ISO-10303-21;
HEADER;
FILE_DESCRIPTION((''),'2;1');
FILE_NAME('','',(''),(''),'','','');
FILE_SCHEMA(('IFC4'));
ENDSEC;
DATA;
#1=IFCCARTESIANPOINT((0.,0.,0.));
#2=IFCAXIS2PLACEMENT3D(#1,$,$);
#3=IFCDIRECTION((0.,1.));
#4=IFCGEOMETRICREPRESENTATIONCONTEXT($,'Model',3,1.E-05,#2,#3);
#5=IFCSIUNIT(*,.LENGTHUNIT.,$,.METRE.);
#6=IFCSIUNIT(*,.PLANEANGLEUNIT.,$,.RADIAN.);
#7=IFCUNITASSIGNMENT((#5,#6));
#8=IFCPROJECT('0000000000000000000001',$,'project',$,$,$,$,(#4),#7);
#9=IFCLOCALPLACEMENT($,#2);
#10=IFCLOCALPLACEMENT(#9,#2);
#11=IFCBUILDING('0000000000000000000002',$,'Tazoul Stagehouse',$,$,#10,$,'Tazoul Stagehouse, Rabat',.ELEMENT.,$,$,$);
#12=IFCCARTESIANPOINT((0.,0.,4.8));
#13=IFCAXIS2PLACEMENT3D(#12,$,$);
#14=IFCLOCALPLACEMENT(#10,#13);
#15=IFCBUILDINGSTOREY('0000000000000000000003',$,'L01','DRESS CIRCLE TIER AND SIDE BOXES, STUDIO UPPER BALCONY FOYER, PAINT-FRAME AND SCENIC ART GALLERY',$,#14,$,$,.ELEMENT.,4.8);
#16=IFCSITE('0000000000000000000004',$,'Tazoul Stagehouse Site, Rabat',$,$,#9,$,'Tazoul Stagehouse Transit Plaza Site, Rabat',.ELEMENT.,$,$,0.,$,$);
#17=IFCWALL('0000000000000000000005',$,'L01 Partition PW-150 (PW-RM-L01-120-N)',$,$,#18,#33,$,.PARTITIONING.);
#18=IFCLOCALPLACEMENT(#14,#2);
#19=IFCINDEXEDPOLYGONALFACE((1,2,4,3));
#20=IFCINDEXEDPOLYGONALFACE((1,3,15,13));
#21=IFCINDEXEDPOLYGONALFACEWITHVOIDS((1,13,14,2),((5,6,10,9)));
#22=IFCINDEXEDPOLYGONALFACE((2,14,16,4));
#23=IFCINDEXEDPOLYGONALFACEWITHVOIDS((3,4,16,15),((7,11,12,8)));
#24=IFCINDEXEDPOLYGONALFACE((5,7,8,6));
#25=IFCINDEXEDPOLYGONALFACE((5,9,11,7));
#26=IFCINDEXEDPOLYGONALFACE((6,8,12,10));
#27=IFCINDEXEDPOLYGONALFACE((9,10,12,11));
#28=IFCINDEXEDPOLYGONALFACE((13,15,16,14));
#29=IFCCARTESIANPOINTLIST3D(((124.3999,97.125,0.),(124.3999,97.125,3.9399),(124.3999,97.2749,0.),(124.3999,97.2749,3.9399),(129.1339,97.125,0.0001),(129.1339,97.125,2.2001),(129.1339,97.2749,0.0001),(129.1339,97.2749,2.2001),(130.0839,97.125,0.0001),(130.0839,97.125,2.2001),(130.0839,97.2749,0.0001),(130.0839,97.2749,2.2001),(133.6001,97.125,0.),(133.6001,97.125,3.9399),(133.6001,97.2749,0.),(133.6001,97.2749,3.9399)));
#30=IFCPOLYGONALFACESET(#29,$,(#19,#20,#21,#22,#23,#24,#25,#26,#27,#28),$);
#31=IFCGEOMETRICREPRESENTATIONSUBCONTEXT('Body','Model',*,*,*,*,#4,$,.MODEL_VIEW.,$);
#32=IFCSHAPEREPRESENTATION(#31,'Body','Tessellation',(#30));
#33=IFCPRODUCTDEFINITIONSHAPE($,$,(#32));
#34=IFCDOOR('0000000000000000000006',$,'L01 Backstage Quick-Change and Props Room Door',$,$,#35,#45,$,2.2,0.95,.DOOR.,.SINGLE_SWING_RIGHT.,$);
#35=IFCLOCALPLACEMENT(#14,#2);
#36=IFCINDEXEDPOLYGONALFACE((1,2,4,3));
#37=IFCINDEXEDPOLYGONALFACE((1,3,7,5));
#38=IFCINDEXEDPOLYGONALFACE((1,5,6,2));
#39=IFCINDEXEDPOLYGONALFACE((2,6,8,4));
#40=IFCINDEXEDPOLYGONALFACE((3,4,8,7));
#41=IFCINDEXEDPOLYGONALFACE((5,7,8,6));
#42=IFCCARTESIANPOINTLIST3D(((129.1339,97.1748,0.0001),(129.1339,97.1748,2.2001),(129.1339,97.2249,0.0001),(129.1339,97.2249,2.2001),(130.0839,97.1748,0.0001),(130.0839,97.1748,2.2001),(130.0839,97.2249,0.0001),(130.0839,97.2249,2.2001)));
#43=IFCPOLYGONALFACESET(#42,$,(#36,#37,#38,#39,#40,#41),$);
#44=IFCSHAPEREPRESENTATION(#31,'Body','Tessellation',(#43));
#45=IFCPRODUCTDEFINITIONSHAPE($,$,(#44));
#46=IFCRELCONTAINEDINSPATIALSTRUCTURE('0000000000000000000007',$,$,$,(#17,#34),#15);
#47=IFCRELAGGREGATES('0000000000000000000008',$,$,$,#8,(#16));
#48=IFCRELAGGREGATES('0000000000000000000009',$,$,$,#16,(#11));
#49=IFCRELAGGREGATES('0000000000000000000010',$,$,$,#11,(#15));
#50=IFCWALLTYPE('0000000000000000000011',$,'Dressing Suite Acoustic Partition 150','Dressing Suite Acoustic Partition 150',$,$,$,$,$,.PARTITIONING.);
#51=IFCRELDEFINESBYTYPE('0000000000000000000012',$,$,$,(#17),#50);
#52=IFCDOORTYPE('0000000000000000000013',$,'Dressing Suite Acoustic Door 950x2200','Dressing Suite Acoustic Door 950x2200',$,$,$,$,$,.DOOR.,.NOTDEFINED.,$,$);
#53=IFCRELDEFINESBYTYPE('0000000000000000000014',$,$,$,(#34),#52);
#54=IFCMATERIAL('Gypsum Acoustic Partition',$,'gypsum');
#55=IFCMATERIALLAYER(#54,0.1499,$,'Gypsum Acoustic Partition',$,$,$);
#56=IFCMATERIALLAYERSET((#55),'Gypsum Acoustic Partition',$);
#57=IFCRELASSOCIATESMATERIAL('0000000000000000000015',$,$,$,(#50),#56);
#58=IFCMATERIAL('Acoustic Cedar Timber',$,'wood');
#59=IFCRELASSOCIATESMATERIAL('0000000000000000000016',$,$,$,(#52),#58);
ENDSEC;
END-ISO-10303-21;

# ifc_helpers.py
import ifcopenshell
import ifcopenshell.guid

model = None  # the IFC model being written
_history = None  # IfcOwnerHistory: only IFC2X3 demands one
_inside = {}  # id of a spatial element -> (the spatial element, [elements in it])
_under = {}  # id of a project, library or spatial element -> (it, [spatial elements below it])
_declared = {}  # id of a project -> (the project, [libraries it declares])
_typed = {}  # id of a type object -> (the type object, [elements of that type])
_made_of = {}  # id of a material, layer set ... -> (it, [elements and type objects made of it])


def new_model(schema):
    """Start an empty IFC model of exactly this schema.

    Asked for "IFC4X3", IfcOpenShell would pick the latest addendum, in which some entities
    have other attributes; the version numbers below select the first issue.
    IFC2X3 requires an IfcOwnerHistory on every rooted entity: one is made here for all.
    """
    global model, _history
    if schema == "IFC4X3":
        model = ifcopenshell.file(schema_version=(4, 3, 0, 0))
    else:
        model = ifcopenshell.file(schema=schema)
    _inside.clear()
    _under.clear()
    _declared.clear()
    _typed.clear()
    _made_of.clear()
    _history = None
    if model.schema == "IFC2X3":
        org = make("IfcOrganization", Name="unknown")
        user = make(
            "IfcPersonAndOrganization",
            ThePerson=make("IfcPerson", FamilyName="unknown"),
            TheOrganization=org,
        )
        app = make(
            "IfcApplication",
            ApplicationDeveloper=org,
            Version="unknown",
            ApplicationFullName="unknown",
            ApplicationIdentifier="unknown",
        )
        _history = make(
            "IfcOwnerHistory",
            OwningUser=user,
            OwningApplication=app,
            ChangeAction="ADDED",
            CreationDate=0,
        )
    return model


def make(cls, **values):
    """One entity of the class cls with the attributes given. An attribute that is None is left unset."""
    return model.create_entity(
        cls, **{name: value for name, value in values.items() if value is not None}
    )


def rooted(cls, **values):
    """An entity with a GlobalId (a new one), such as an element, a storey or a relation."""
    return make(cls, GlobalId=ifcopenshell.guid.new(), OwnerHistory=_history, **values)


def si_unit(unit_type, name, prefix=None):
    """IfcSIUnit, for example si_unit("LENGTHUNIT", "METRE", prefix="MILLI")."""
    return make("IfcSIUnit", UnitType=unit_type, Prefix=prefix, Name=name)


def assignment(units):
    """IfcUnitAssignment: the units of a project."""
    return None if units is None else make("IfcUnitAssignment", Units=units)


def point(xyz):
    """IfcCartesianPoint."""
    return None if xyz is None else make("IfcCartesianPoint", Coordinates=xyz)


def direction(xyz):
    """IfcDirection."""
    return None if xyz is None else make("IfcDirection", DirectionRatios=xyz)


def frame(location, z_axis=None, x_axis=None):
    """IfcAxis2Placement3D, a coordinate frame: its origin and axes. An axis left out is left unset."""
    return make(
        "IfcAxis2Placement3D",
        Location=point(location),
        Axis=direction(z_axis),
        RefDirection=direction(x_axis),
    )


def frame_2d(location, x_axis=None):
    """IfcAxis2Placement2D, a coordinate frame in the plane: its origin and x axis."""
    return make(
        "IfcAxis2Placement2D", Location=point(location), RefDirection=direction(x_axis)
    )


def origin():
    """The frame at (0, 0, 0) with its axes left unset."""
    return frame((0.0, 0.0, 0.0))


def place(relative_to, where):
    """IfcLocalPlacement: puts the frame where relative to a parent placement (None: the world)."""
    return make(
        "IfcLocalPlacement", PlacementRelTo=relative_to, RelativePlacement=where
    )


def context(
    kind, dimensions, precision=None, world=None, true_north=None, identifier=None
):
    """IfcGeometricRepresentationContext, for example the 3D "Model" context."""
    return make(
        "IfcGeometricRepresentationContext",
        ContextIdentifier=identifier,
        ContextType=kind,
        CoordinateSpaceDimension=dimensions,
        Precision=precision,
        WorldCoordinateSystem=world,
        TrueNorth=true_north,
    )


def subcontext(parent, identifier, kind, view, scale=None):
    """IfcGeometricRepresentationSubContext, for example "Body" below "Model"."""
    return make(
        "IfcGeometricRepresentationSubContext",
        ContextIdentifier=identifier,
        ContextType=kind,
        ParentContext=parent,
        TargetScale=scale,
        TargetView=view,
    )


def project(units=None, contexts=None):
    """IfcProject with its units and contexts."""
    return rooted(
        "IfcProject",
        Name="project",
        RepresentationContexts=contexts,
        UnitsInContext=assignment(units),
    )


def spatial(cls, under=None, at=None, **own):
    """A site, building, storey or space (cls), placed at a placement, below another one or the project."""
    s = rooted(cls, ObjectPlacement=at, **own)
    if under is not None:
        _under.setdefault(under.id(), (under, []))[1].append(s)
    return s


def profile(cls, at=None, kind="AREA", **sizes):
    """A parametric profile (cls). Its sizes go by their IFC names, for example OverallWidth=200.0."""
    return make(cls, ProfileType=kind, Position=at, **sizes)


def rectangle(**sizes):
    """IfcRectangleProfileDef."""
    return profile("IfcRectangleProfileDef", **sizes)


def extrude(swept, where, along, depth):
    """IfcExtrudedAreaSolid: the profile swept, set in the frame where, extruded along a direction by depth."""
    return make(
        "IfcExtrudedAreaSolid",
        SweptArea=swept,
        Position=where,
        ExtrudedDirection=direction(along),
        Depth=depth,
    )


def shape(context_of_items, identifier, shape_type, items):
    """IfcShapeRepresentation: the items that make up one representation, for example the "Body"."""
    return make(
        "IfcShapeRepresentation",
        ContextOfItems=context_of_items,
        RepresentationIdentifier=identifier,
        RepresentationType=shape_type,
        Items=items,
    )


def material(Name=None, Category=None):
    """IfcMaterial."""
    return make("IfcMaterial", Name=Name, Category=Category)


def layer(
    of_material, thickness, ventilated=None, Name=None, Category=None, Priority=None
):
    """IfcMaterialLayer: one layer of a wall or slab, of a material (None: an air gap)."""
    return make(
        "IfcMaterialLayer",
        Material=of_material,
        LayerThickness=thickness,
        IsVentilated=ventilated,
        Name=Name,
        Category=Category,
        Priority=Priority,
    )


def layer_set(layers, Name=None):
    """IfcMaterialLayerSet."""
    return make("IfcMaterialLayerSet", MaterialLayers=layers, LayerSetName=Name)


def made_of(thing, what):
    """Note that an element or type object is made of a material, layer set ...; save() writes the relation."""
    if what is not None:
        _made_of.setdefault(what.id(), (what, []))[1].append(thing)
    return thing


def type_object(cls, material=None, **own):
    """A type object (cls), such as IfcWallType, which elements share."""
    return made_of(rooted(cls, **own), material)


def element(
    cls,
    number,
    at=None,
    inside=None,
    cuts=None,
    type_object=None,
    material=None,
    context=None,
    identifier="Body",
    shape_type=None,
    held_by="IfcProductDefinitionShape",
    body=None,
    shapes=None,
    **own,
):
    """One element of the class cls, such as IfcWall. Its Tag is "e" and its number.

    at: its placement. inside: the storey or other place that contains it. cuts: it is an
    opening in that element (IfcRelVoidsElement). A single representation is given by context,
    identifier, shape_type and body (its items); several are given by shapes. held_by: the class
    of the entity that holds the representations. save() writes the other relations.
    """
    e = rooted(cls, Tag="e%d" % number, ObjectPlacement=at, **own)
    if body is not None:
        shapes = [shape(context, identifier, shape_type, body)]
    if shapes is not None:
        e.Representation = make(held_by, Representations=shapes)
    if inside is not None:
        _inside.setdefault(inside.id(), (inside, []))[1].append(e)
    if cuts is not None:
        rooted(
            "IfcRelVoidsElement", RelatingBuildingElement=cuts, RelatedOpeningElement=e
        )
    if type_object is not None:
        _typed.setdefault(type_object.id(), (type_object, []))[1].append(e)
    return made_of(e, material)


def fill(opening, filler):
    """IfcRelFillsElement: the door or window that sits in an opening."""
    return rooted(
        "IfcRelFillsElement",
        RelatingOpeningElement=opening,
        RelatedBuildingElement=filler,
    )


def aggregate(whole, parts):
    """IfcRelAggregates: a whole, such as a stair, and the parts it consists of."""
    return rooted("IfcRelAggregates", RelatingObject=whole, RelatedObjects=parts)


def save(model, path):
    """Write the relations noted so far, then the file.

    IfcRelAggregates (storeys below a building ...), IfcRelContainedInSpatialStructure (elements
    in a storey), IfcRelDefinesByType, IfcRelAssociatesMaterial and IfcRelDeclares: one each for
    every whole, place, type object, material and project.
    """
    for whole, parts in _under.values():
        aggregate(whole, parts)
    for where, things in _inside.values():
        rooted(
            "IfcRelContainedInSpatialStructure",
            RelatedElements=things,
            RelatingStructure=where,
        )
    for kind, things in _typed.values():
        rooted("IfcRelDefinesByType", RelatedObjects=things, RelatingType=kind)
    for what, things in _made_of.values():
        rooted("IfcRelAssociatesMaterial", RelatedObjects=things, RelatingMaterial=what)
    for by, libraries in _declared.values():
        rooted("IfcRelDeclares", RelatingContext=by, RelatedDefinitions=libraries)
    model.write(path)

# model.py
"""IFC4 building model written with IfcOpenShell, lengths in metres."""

from ifc_helpers import new_model, si_unit, direction, frame, frame_2d, origin, place, context, subcontext, project, spatial, rectangle, extrude, material, layer, layer_set, type_object, element, fill, save


model = new_model("IFC4")

# Units and contexts
model_context = context("Model", 3, precision=1e-05, world=origin(), true_north=direction((0.0, 1.0)))
body_context = subcontext(model_context, "Body", "Model", "MODEL_VIEW")
ifc_project = project(units=[si_unit("LENGTHUNIT", "METRE"), si_unit("PLANEANGLEUNIT", "RADIAN")], contexts=[model_context])

# Site, building, storey
site_placement = place(None, origin())
site = spatial("IfcSite", under=ifc_project, at=site_placement, Name="Tazoul Stagehouse Site, Rabat", LongName="Tazoul Stagehouse Transit Plaza Site, Rabat", CompositionType="ELEMENT", RefElevation=0.0)
building_placement = place(site_placement, origin())
building = spatial("IfcBuilding", under=site, at=building_placement, Name="Tazoul Stagehouse", LongName="Tazoul Stagehouse, Rabat", CompositionType="ELEMENT")
storey_placement = place(building_placement, frame((0.0, 0.0, 4.8)))
storey = spatial("IfcBuildingStorey", under=building, at=storey_placement, Name="L01", Description="DRESS CIRCLE TIER AND SIDE BOXES, STUDIO UPPER BALCONY FOYER, PAINT-FRAME AND SCENIC ART GALLERY", CompositionType="ELEMENT", Elevation=4.8)

# Wall, opening, door
ifc_material_1 = material(Name="Gypsum Acoustic Partition", Category="gypsum")
ifc_layer = layer(ifc_material_1, 0.1499, Name="Gypsum Acoustic Partition")
ifc_layer_set = layer_set([ifc_layer], Name="Gypsum Acoustic Partition")
wall_type = type_object("IfcWallType", Name="Dressing Suite Acoustic Partition 150", Description="Dressing Suite Acoustic Partition 150", PredefinedType="PARTITIONING", material=ifc_layer_set)
wall_placement = place(storey_placement, frame((124.3999, 97.2, 0.0), z_axis=(0.0, 0.0, 1.0), x_axis=(1.0, 0.0, 0.0)))
wall = element("IfcWall", 1, at=wall_placement, inside=storey, type_object=wall_type, Name="L01 Partition PW-150 (PW-RM-L01-120-N)", PredefinedType="PARTITIONING", context=body_context, shape_type="SweptSolid", body=[
    extrude(rectangle(XDim=9.2002, YDim=0.1499, at=frame_2d((4.6001, 0.0))), origin(), (0.0, 0.0, 1.0), 3.9399),
])
opening_placement = place(wall_placement, frame((4.7339, 0.0, 0.0)))
opening = element("IfcOpeningElement", 2, at=opening_placement, cuts=wall, PredefinedType="OPENING", context=body_context, shape_type="SweptSolid", body=[
    extrude(rectangle(XDim=0.95, YDim=2.2, at=frame_2d((0.4751, 1.1001))), frame((0.0, 0.095, 0.0), z_axis=(0.0, -1.0, 0.0), x_axis=(1.0, 0.0, 0.0)), (0.0, 0.0, 1.0), 0.1899),
])
ifc_material_2 = material(Name="Acoustic Cedar Timber", Category="wood")
door_type = type_object("IfcDoorType", Name="Dressing Suite Acoustic Door 950x2200", Description="Dressing Suite Acoustic Door 950x2200", OperationType="NOTDEFINED", PredefinedType="DOOR", material=ifc_material_2)
door_placement = place(opening_placement, origin())
door = element("IfcDoor", 3, at=door_placement, inside=storey, type_object=door_type, Name="L01 Backstage Quick-Change and Props Room Door", OperationType="SINGLE_SWING_RIGHT", OverallHeight=2.2, OverallWidth=0.95, PredefinedType="DOOR", context=body_context, shape_type="SweptSolid", body=[
    extrude(rectangle(XDim=0.95, YDim=2.2, at=frame_2d((0.4751, 1.1001))), frame((0.0, 0.0249, 0.0), z_axis=(0.0, -1.0, 0.0), x_axis=(1.0, 0.0, 0.0)), (0.0, 0.0, 1.0), 0.05),
])
fill(opening, door)

save(model, "model.ifc")
